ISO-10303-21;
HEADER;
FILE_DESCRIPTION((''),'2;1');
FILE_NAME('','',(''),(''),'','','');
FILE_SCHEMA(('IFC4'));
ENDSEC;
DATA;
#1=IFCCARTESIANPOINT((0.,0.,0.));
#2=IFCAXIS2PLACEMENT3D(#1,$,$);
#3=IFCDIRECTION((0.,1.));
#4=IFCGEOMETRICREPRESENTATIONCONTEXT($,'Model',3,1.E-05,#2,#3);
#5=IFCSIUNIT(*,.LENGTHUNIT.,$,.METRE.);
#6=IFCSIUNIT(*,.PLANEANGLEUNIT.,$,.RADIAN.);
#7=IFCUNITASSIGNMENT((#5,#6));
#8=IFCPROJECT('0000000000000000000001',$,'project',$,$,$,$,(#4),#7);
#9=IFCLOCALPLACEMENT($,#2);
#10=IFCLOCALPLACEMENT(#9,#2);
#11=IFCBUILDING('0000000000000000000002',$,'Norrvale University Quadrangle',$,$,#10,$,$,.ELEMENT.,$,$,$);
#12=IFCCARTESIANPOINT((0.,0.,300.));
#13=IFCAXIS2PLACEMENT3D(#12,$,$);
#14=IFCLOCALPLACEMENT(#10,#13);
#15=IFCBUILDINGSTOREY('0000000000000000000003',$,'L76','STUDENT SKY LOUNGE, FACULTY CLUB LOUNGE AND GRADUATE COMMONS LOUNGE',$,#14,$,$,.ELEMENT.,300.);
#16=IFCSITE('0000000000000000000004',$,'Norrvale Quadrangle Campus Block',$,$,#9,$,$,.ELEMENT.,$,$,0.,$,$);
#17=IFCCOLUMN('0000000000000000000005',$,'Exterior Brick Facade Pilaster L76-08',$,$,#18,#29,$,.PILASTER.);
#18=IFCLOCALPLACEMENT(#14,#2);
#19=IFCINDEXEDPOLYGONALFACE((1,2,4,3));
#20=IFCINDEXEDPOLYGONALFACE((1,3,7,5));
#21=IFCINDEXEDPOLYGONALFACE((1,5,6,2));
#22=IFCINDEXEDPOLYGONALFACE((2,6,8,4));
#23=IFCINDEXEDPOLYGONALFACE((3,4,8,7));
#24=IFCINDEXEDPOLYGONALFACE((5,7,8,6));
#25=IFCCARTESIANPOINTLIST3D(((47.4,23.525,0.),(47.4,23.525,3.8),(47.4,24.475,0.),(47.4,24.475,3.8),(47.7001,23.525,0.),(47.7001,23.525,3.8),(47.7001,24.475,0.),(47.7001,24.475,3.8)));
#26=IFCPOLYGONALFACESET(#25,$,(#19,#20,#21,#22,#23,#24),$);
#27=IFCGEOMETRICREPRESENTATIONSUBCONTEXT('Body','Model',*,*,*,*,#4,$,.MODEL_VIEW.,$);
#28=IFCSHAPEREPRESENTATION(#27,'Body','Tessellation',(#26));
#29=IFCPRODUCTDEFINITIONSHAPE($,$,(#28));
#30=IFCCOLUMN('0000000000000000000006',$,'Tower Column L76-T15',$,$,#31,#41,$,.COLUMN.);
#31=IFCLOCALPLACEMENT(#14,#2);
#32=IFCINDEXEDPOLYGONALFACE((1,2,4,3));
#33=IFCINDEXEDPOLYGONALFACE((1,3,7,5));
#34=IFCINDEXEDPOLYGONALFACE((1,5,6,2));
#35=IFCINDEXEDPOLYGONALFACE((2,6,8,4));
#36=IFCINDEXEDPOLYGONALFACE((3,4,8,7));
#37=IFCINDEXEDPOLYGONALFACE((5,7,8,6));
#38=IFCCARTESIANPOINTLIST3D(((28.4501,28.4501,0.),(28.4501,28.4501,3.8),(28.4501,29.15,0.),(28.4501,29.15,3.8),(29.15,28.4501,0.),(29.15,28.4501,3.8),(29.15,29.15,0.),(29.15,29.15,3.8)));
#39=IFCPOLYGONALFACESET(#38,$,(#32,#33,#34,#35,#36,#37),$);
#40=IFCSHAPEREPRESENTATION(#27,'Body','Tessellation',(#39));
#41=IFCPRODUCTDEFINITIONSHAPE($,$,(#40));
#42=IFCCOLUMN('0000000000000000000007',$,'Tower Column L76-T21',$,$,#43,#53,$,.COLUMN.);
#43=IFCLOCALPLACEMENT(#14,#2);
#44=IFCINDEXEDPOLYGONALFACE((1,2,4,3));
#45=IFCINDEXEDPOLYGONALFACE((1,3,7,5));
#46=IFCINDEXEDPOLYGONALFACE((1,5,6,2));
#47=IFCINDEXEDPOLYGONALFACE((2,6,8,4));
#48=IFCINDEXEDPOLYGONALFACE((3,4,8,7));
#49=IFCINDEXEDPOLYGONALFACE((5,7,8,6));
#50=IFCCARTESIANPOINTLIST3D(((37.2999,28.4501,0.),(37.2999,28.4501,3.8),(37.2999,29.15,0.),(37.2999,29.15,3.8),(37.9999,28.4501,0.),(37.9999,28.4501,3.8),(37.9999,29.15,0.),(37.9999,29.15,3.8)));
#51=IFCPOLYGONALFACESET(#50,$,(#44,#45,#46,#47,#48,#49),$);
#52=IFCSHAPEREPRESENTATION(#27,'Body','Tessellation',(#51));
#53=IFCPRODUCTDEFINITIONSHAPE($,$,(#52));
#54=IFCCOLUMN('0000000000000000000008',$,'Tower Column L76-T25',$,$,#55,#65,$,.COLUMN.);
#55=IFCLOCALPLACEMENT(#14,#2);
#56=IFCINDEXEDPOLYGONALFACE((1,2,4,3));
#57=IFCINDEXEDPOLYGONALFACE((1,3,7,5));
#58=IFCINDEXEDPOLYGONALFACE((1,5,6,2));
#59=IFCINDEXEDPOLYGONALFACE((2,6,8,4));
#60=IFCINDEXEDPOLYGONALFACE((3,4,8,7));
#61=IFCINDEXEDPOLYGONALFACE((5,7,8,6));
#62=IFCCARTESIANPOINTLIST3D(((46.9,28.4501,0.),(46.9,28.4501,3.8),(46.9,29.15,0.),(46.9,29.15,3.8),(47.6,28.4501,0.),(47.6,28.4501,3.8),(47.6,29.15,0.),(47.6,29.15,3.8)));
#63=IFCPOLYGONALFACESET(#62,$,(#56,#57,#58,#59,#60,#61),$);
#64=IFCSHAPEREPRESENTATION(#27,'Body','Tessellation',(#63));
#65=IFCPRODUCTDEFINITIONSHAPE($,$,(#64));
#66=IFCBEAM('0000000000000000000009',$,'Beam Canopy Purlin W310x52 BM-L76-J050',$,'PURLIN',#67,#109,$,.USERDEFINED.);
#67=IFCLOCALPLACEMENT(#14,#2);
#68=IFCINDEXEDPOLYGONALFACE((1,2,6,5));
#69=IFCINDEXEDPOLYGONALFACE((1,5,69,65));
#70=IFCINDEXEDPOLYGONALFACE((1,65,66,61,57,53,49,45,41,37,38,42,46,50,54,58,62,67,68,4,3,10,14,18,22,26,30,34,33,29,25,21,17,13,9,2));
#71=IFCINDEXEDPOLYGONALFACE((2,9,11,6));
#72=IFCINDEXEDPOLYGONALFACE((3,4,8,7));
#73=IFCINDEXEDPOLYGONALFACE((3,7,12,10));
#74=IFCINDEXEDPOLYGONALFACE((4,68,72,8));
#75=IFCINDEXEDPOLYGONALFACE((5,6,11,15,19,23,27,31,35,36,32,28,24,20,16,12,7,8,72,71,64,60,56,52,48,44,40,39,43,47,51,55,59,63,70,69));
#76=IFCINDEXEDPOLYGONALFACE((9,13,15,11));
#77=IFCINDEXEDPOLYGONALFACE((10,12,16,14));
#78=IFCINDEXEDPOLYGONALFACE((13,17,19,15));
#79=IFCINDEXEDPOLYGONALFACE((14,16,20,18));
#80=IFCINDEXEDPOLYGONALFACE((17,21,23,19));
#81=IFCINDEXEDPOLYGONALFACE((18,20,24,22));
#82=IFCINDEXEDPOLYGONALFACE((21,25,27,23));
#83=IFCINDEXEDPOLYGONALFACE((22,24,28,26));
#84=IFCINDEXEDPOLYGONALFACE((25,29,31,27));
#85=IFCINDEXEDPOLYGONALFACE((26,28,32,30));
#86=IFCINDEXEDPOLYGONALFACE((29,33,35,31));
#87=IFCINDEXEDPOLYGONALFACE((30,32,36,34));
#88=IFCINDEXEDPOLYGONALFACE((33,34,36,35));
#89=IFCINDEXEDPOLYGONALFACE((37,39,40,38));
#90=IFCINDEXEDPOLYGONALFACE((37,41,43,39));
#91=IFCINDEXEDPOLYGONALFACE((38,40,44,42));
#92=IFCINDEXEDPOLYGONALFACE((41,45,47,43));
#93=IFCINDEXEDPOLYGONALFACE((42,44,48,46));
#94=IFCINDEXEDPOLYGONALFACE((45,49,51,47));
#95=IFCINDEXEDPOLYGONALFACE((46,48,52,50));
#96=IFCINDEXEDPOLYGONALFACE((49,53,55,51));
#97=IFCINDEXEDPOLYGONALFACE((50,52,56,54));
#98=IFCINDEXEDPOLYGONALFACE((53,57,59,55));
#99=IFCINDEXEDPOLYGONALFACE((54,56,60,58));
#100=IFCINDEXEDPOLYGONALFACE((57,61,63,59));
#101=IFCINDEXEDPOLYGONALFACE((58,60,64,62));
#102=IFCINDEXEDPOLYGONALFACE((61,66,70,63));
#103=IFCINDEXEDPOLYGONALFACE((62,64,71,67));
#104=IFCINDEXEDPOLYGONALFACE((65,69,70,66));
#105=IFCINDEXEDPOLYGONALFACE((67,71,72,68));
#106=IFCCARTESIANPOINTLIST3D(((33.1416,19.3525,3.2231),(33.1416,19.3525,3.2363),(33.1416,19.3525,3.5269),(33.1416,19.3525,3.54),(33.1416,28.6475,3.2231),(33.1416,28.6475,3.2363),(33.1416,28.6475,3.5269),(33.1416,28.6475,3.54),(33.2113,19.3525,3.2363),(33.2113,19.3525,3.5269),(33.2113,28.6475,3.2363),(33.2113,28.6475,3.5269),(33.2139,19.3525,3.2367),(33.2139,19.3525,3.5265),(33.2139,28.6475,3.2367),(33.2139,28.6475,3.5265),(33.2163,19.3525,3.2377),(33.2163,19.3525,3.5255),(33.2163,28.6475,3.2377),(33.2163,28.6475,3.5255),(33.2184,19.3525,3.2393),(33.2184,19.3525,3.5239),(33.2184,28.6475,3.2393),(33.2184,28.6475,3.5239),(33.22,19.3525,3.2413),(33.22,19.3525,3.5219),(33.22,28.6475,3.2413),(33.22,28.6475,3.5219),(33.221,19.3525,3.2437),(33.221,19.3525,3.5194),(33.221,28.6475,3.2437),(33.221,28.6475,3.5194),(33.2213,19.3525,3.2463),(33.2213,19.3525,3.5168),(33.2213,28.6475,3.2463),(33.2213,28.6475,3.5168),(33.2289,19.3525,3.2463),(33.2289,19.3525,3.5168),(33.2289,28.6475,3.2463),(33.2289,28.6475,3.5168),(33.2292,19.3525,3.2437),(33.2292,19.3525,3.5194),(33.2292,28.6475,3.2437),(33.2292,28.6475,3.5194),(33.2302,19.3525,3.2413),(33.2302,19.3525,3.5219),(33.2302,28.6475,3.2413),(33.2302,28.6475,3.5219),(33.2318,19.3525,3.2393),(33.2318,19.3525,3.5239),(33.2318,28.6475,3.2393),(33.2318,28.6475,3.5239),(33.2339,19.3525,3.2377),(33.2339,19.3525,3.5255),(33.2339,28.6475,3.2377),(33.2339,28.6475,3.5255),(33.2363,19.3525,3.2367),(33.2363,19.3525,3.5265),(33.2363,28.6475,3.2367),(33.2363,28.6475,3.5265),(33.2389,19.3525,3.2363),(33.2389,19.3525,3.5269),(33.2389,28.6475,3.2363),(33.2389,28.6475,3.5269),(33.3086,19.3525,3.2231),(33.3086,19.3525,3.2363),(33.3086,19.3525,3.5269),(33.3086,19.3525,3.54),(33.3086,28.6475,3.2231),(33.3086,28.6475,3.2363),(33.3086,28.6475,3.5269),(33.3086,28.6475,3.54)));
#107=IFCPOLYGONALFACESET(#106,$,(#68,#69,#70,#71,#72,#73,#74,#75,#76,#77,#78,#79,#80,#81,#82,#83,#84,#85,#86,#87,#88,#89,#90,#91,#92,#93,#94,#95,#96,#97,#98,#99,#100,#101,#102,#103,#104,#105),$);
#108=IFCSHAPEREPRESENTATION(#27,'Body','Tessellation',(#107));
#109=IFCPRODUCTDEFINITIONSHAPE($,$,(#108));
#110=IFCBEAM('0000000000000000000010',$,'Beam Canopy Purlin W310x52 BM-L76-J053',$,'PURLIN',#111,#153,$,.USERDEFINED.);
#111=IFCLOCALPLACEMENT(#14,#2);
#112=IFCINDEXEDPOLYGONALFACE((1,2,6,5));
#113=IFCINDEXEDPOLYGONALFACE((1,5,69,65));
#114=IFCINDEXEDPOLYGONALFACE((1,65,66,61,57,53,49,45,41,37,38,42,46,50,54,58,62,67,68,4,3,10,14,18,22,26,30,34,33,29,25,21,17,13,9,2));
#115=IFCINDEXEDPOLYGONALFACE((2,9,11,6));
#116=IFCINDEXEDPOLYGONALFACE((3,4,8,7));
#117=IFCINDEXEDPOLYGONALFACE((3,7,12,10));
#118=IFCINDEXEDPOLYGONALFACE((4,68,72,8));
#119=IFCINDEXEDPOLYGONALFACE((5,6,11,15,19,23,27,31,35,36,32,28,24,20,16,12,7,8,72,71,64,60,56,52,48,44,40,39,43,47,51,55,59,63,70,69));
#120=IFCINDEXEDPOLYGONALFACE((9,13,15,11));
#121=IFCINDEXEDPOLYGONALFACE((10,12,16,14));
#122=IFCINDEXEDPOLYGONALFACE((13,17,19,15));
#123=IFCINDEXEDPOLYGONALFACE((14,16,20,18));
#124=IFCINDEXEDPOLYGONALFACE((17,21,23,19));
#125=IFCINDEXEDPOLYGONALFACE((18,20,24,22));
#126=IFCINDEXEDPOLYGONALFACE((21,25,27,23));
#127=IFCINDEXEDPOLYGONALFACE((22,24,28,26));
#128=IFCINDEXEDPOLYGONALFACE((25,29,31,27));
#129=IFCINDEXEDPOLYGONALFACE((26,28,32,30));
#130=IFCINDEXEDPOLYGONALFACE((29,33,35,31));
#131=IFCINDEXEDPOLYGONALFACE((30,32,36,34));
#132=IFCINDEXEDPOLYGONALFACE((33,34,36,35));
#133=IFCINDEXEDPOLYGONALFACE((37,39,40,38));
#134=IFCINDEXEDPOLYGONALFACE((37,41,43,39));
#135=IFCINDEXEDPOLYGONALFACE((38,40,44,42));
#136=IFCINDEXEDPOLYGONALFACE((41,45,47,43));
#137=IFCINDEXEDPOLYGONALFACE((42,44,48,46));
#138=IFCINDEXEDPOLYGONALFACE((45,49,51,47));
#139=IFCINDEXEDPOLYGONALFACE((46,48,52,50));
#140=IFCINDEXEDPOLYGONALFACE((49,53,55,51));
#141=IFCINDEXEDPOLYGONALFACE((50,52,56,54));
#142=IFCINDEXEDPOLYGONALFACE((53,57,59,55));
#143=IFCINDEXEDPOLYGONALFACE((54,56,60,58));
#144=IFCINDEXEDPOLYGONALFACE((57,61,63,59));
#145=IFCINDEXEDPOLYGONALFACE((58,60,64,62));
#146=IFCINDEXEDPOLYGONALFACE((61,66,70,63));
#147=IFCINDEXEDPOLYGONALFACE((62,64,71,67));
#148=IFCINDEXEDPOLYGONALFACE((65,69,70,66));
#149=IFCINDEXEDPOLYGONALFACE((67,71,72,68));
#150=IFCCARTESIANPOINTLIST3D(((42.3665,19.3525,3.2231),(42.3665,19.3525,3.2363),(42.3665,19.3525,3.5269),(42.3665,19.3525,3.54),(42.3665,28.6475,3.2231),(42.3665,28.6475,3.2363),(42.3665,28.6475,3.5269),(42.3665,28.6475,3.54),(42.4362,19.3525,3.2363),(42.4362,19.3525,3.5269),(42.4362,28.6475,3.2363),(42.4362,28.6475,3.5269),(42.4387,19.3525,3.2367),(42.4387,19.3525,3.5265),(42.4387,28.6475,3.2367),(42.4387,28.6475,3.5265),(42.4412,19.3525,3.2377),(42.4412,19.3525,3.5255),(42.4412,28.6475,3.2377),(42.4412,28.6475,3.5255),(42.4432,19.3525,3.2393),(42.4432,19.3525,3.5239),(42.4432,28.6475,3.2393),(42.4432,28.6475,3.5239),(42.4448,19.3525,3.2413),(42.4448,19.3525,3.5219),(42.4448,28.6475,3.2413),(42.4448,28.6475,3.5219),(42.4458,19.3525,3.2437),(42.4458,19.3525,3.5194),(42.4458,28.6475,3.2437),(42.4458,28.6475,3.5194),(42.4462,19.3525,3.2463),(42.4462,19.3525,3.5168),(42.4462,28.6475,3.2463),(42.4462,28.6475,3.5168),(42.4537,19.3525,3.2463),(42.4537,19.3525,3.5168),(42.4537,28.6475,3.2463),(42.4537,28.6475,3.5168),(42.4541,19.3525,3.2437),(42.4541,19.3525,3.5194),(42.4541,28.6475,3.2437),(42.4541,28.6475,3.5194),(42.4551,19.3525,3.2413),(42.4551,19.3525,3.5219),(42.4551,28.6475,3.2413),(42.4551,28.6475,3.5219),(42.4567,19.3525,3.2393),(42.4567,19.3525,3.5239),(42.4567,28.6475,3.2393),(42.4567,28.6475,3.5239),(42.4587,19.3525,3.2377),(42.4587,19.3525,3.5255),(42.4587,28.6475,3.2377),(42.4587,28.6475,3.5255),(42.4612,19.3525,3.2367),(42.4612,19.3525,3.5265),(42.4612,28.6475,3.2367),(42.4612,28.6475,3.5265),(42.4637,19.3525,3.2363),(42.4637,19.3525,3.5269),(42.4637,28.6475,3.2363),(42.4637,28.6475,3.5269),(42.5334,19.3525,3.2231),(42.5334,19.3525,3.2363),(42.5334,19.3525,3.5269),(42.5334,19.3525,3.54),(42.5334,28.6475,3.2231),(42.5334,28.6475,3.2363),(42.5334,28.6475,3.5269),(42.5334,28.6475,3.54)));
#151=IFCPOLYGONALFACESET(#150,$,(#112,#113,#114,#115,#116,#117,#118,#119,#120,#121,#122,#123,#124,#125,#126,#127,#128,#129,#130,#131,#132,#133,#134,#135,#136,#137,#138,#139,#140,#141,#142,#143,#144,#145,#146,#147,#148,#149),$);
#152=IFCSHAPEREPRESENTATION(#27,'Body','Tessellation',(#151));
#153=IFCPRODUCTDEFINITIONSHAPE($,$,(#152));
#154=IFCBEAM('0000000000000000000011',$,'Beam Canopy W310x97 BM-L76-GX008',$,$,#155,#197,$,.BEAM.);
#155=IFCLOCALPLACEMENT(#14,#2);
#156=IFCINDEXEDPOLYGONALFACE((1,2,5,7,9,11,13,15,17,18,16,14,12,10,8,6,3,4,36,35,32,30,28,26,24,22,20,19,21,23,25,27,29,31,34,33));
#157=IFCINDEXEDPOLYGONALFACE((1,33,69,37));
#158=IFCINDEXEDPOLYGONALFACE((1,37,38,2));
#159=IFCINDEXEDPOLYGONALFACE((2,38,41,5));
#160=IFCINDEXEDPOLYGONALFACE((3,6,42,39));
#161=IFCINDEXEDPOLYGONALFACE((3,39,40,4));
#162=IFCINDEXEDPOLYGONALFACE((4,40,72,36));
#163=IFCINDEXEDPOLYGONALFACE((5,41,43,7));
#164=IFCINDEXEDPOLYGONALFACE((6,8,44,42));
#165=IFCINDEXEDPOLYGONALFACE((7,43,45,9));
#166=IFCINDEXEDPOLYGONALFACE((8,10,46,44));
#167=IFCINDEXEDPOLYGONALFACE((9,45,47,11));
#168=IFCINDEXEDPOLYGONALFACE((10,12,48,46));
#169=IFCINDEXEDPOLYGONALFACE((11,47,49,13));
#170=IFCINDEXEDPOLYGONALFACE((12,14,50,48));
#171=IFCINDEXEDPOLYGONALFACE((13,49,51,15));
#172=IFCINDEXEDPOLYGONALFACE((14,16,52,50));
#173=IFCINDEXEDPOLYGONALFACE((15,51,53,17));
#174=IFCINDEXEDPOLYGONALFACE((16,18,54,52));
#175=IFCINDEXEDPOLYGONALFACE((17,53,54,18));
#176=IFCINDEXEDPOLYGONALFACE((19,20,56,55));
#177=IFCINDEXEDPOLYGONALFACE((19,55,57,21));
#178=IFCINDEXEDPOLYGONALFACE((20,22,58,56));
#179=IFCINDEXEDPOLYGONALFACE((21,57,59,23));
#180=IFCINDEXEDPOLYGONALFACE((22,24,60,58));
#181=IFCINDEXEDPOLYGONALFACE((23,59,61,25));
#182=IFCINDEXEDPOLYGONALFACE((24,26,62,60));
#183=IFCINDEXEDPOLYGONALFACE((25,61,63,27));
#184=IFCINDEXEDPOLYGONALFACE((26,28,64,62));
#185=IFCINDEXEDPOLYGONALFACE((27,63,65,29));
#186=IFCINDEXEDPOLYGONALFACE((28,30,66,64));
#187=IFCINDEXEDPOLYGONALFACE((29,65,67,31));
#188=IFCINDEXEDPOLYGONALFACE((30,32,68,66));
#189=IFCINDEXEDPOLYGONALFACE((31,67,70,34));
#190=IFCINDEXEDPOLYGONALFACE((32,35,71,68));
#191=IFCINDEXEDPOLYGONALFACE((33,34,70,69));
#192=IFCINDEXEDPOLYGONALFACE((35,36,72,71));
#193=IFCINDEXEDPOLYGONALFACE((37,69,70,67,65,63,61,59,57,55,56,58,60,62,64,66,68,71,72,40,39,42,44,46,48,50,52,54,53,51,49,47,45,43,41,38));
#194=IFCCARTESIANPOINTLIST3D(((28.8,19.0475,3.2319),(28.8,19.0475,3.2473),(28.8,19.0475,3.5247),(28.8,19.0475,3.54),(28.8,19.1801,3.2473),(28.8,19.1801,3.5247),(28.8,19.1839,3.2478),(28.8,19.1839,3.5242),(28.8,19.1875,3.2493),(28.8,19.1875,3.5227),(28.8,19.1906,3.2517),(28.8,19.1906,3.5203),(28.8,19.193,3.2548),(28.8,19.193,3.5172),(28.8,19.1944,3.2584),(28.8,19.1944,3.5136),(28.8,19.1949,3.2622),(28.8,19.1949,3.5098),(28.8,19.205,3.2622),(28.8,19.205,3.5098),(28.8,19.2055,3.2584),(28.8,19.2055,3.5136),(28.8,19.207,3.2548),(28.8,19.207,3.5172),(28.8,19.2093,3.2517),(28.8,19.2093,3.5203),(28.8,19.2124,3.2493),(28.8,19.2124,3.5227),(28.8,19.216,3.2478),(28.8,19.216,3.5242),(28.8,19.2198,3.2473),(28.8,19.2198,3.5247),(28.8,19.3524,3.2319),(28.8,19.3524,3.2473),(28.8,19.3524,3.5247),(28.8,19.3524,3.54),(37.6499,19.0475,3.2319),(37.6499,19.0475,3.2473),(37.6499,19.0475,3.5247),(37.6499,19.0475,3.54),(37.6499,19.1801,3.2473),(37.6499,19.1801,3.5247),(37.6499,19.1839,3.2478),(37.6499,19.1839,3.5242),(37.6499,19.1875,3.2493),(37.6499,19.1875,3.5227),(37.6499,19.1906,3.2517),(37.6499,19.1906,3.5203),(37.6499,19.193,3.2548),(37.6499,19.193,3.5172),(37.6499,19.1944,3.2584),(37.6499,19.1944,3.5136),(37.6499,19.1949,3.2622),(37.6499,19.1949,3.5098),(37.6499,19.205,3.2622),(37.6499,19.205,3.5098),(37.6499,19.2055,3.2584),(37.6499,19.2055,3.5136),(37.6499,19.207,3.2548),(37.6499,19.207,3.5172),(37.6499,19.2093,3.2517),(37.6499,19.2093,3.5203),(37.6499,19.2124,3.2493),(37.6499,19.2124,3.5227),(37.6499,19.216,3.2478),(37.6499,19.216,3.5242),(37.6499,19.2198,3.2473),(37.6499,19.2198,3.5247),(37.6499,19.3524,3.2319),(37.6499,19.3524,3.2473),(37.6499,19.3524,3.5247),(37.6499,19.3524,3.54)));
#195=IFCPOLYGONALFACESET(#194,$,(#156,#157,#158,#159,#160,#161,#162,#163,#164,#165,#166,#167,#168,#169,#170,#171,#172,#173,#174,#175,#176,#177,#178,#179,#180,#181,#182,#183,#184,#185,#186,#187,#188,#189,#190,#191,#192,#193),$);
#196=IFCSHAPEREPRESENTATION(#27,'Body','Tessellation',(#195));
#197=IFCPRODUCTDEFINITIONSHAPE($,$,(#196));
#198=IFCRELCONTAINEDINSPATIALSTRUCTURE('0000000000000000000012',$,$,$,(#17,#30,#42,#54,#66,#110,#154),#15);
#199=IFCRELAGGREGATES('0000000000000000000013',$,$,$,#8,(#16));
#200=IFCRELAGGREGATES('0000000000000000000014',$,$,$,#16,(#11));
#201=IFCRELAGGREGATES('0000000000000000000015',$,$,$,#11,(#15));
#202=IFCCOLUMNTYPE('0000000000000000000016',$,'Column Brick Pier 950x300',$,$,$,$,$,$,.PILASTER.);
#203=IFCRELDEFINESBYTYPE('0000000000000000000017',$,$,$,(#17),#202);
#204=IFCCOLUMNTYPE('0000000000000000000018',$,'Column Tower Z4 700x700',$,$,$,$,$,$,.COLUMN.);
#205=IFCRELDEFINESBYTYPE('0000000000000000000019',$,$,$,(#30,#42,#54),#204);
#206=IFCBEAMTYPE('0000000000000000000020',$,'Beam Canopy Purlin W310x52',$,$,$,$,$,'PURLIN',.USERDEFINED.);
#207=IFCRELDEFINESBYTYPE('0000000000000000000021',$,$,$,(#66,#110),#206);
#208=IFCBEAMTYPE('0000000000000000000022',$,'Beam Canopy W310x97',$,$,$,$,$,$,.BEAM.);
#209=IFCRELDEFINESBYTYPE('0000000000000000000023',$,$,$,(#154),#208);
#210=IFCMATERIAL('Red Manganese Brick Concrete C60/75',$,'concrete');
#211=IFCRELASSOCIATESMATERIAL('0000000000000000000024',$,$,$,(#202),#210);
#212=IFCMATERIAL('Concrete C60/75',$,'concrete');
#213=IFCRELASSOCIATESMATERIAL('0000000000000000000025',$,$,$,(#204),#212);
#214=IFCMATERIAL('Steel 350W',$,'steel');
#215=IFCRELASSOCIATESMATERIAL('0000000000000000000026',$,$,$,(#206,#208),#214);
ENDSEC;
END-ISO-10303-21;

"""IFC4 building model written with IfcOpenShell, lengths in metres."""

from ifc_helpers import new_model, si_unit, direction, frame, origin, origin_2d, place, context, subcontext, project, spatial, rectangle, i_section, extrude, material, material_profile, profile_set, type_object, element, save


model = new_model("IFC4")

# Units and contexts
model_context = context("Model", 3, precision=1e-05, world=origin(), true_north=direction((0.0, 1.0)))
body_context = subcontext(model_context, "Body", "Model", "MODEL_VIEW")
ifc_project = project(units=[si_unit("LENGTHUNIT", "METRE"), si_unit("PLANEANGLEUNIT", "RADIAN")], contexts=[model_context])

# Site, building, storey
site_placement = place(None, origin())
site = spatial("IfcSite", under=ifc_project, at=site_placement, Name="Norrvale Quadrangle Campus Block", CompositionType="ELEMENT", RefElevation=0.0)
building_placement = place(site_placement, origin())
building = spatial("IfcBuilding", under=site, at=building_placement, Name="Norrvale University Quadrangle", CompositionType="ELEMENT")
storey_placement = place(building_placement, frame((0.0, 0.0, 300.0)))
storey = spatial("IfcBuildingStorey", under=building, at=storey_placement, Name="L76", Description="STUDENT SKY LOUNGE, FACULTY CLUB LOUNGE AND GRADUATE COMMONS LOUNGE", CompositionType="ELEMENT", Elevation=300.0)

# Columns
ifc_material_1 = material(Name="Red Manganese Brick Concrete C60/75", Category="concrete")
ifc_material_profile_1 = material_profile(ifc_material_1, rectangle(XDim=0.95, YDim=0.3, at=origin_2d()), Name="Red Manganese Brick Concrete C60/75")
ifc_profile_set_1 = profile_set([ifc_material_profile_1], Name="Red Manganese Brick Concrete C60/75")
column_type_1 = type_object("IfcColumnType", Name="Column Brick Pier 950x300", PredefinedType="PILASTER", material=ifc_profile_set_1)
column_placement = place(storey_placement, frame((47.55, 24.0, 0.0), z_axis=(0.0, 0.0, 1.0), x_axis=(0.0, 1.0, 0.0)))
element("IfcColumn", 1, at=column_placement, inside=storey, type_object=column_type_1, Name="Exterior Brick Facade Pilaster L76-08", PredefinedType="PILASTER", context=body_context, shape_type="SweptSolid", body=[
    extrude(rectangle(XDim=0.95, YDim=0.3, at=origin_2d()), origin(), (0.0, 0.0, 1.0), 3.8),
])
ifc_material_2 = material(Name="Concrete C60/75", Category="concrete")
ifc_material_profile_2 = material_profile(ifc_material_2, rectangle(XDim=0.7, YDim=0.7, at=origin_2d()), Name="Concrete C60/75")
ifc_profile_set_2 = profile_set([ifc_material_profile_2], Name="Concrete C60/75")
column_type_2 = type_object("IfcColumnType", Name="Column Tower Z4 700x700", PredefinedType="COLUMN", material=ifc_profile_set_2)
for number, where, z_axis, x_axis, name in (
    (2, (28.8, 28.8, 0.0), (0.0, 0.0, 1.0), (1.0, 0.0, 0.0), "Tower Column L76-T15"),
    (3, (37.6499, 28.8, 0.0), (0.0, 0.0, 1.0), (1.0, 0.0, 0.0), "Tower Column L76-T21"),
    (4, (47.25, 28.8, 0.0), (0.0, 0.0, 1.0), (1.0, 0.0, 0.0), "Tower Column L76-T25"),
):
    element("IfcColumn", number, at=place(storey_placement, frame(where, z_axis=z_axis, x_axis=x_axis)), inside=storey, type_object=column_type_2, Name=name, PredefinedType="COLUMN", context=body_context, shape_type="SweptSolid", body=[
        extrude(rectangle(XDim=0.7, YDim=0.7, at=origin_2d()), origin(), (0.0, 0.0, 1.0), 3.8),
    ])

# Beams
ifc_material_3 = material(Name="Steel 350W", Category="steel")
ifc_material_profile_3 = material_profile(ifc_material_3, i_section(OverallWidth=0.167, OverallDepth=0.3169, WebThickness=0.0076, FlangeThickness=0.0132, FilletRadius=0.01, at=origin_2d()), Name="Steel 350W")
ifc_profile_set_3 = profile_set([ifc_material_profile_3], Name="Steel 350W")
beam_type_1 = type_object("IfcBeamType", Name="Beam Canopy Purlin W310x52", ElementType="PURLIN", PredefinedType="USERDEFINED", material=ifc_profile_set_3)
for number, where, z_axis, x_axis, name in (
    (5, (33.2251, 19.3525, 3.3816), (0.0, 1.0, 0.0), (-1.0, 0.0, 0.0), "Beam Canopy Purlin W310x52 BM-L76-J050"),
    (6, (42.45, 19.3525, 3.3816), (0.0, 1.0, 0.0), (-1.0, 0.0, 0.0), "Beam Canopy Purlin W310x52 BM-L76-J053"),
):
    element("IfcBeam", number, at=place(storey_placement, frame(where, z_axis=z_axis, x_axis=x_axis)), inside=storey, type_object=beam_type_1, Name=name, ObjectType="PURLIN", PredefinedType="USERDEFINED", context=body_context, shape_type="SweptSolid", body=[
        extrude(i_section(OverallWidth=0.167, OverallDepth=0.3169, WebThickness=0.0076, FlangeThickness=0.0132, FilletRadius=0.01, at=origin_2d()), origin(), (0.0, 0.0, 1.0), 9.2949),
    ])
ifc_material_profile_4 = material_profile(ifc_material_3, i_section(OverallWidth=0.3049, OverallDepth=0.3081, WebThickness=0.01, FlangeThickness=0.0154, FilletRadius=0.0149, at=origin_2d()), Name="Steel 350W")
ifc_profile_set_4 = profile_set([ifc_material_profile_4], Name="Steel 350W")
beam_type_2 = type_object("IfcBeamType", Name="Beam Canopy W310x97", PredefinedType="BEAM", material=ifc_profile_set_4)
beam_1_placement = place(storey_placement, frame((28.8, 19.2, 3.386), z_axis=(1.0, 0.0, 0.0), x_axis=(0.0, 1.0, 0.0)))
element("IfcBeam", 7, at=beam_1_placement, inside=storey, type_object=beam_type_2, Name="Beam Canopy W310x97 BM-L76-GX008", PredefinedType="BEAM", context=body_context, shape_type="SweptSolid", body=[
    extrude(i_section(OverallWidth=0.3049, OverallDepth=0.3081, WebThickness=0.01, FlangeThickness=0.0154, FilletRadius=0.0149, at=origin_2d()), origin(), (0.0, 0.0, 1.0), 8.8499),
])

save(model, "model.ifc")
